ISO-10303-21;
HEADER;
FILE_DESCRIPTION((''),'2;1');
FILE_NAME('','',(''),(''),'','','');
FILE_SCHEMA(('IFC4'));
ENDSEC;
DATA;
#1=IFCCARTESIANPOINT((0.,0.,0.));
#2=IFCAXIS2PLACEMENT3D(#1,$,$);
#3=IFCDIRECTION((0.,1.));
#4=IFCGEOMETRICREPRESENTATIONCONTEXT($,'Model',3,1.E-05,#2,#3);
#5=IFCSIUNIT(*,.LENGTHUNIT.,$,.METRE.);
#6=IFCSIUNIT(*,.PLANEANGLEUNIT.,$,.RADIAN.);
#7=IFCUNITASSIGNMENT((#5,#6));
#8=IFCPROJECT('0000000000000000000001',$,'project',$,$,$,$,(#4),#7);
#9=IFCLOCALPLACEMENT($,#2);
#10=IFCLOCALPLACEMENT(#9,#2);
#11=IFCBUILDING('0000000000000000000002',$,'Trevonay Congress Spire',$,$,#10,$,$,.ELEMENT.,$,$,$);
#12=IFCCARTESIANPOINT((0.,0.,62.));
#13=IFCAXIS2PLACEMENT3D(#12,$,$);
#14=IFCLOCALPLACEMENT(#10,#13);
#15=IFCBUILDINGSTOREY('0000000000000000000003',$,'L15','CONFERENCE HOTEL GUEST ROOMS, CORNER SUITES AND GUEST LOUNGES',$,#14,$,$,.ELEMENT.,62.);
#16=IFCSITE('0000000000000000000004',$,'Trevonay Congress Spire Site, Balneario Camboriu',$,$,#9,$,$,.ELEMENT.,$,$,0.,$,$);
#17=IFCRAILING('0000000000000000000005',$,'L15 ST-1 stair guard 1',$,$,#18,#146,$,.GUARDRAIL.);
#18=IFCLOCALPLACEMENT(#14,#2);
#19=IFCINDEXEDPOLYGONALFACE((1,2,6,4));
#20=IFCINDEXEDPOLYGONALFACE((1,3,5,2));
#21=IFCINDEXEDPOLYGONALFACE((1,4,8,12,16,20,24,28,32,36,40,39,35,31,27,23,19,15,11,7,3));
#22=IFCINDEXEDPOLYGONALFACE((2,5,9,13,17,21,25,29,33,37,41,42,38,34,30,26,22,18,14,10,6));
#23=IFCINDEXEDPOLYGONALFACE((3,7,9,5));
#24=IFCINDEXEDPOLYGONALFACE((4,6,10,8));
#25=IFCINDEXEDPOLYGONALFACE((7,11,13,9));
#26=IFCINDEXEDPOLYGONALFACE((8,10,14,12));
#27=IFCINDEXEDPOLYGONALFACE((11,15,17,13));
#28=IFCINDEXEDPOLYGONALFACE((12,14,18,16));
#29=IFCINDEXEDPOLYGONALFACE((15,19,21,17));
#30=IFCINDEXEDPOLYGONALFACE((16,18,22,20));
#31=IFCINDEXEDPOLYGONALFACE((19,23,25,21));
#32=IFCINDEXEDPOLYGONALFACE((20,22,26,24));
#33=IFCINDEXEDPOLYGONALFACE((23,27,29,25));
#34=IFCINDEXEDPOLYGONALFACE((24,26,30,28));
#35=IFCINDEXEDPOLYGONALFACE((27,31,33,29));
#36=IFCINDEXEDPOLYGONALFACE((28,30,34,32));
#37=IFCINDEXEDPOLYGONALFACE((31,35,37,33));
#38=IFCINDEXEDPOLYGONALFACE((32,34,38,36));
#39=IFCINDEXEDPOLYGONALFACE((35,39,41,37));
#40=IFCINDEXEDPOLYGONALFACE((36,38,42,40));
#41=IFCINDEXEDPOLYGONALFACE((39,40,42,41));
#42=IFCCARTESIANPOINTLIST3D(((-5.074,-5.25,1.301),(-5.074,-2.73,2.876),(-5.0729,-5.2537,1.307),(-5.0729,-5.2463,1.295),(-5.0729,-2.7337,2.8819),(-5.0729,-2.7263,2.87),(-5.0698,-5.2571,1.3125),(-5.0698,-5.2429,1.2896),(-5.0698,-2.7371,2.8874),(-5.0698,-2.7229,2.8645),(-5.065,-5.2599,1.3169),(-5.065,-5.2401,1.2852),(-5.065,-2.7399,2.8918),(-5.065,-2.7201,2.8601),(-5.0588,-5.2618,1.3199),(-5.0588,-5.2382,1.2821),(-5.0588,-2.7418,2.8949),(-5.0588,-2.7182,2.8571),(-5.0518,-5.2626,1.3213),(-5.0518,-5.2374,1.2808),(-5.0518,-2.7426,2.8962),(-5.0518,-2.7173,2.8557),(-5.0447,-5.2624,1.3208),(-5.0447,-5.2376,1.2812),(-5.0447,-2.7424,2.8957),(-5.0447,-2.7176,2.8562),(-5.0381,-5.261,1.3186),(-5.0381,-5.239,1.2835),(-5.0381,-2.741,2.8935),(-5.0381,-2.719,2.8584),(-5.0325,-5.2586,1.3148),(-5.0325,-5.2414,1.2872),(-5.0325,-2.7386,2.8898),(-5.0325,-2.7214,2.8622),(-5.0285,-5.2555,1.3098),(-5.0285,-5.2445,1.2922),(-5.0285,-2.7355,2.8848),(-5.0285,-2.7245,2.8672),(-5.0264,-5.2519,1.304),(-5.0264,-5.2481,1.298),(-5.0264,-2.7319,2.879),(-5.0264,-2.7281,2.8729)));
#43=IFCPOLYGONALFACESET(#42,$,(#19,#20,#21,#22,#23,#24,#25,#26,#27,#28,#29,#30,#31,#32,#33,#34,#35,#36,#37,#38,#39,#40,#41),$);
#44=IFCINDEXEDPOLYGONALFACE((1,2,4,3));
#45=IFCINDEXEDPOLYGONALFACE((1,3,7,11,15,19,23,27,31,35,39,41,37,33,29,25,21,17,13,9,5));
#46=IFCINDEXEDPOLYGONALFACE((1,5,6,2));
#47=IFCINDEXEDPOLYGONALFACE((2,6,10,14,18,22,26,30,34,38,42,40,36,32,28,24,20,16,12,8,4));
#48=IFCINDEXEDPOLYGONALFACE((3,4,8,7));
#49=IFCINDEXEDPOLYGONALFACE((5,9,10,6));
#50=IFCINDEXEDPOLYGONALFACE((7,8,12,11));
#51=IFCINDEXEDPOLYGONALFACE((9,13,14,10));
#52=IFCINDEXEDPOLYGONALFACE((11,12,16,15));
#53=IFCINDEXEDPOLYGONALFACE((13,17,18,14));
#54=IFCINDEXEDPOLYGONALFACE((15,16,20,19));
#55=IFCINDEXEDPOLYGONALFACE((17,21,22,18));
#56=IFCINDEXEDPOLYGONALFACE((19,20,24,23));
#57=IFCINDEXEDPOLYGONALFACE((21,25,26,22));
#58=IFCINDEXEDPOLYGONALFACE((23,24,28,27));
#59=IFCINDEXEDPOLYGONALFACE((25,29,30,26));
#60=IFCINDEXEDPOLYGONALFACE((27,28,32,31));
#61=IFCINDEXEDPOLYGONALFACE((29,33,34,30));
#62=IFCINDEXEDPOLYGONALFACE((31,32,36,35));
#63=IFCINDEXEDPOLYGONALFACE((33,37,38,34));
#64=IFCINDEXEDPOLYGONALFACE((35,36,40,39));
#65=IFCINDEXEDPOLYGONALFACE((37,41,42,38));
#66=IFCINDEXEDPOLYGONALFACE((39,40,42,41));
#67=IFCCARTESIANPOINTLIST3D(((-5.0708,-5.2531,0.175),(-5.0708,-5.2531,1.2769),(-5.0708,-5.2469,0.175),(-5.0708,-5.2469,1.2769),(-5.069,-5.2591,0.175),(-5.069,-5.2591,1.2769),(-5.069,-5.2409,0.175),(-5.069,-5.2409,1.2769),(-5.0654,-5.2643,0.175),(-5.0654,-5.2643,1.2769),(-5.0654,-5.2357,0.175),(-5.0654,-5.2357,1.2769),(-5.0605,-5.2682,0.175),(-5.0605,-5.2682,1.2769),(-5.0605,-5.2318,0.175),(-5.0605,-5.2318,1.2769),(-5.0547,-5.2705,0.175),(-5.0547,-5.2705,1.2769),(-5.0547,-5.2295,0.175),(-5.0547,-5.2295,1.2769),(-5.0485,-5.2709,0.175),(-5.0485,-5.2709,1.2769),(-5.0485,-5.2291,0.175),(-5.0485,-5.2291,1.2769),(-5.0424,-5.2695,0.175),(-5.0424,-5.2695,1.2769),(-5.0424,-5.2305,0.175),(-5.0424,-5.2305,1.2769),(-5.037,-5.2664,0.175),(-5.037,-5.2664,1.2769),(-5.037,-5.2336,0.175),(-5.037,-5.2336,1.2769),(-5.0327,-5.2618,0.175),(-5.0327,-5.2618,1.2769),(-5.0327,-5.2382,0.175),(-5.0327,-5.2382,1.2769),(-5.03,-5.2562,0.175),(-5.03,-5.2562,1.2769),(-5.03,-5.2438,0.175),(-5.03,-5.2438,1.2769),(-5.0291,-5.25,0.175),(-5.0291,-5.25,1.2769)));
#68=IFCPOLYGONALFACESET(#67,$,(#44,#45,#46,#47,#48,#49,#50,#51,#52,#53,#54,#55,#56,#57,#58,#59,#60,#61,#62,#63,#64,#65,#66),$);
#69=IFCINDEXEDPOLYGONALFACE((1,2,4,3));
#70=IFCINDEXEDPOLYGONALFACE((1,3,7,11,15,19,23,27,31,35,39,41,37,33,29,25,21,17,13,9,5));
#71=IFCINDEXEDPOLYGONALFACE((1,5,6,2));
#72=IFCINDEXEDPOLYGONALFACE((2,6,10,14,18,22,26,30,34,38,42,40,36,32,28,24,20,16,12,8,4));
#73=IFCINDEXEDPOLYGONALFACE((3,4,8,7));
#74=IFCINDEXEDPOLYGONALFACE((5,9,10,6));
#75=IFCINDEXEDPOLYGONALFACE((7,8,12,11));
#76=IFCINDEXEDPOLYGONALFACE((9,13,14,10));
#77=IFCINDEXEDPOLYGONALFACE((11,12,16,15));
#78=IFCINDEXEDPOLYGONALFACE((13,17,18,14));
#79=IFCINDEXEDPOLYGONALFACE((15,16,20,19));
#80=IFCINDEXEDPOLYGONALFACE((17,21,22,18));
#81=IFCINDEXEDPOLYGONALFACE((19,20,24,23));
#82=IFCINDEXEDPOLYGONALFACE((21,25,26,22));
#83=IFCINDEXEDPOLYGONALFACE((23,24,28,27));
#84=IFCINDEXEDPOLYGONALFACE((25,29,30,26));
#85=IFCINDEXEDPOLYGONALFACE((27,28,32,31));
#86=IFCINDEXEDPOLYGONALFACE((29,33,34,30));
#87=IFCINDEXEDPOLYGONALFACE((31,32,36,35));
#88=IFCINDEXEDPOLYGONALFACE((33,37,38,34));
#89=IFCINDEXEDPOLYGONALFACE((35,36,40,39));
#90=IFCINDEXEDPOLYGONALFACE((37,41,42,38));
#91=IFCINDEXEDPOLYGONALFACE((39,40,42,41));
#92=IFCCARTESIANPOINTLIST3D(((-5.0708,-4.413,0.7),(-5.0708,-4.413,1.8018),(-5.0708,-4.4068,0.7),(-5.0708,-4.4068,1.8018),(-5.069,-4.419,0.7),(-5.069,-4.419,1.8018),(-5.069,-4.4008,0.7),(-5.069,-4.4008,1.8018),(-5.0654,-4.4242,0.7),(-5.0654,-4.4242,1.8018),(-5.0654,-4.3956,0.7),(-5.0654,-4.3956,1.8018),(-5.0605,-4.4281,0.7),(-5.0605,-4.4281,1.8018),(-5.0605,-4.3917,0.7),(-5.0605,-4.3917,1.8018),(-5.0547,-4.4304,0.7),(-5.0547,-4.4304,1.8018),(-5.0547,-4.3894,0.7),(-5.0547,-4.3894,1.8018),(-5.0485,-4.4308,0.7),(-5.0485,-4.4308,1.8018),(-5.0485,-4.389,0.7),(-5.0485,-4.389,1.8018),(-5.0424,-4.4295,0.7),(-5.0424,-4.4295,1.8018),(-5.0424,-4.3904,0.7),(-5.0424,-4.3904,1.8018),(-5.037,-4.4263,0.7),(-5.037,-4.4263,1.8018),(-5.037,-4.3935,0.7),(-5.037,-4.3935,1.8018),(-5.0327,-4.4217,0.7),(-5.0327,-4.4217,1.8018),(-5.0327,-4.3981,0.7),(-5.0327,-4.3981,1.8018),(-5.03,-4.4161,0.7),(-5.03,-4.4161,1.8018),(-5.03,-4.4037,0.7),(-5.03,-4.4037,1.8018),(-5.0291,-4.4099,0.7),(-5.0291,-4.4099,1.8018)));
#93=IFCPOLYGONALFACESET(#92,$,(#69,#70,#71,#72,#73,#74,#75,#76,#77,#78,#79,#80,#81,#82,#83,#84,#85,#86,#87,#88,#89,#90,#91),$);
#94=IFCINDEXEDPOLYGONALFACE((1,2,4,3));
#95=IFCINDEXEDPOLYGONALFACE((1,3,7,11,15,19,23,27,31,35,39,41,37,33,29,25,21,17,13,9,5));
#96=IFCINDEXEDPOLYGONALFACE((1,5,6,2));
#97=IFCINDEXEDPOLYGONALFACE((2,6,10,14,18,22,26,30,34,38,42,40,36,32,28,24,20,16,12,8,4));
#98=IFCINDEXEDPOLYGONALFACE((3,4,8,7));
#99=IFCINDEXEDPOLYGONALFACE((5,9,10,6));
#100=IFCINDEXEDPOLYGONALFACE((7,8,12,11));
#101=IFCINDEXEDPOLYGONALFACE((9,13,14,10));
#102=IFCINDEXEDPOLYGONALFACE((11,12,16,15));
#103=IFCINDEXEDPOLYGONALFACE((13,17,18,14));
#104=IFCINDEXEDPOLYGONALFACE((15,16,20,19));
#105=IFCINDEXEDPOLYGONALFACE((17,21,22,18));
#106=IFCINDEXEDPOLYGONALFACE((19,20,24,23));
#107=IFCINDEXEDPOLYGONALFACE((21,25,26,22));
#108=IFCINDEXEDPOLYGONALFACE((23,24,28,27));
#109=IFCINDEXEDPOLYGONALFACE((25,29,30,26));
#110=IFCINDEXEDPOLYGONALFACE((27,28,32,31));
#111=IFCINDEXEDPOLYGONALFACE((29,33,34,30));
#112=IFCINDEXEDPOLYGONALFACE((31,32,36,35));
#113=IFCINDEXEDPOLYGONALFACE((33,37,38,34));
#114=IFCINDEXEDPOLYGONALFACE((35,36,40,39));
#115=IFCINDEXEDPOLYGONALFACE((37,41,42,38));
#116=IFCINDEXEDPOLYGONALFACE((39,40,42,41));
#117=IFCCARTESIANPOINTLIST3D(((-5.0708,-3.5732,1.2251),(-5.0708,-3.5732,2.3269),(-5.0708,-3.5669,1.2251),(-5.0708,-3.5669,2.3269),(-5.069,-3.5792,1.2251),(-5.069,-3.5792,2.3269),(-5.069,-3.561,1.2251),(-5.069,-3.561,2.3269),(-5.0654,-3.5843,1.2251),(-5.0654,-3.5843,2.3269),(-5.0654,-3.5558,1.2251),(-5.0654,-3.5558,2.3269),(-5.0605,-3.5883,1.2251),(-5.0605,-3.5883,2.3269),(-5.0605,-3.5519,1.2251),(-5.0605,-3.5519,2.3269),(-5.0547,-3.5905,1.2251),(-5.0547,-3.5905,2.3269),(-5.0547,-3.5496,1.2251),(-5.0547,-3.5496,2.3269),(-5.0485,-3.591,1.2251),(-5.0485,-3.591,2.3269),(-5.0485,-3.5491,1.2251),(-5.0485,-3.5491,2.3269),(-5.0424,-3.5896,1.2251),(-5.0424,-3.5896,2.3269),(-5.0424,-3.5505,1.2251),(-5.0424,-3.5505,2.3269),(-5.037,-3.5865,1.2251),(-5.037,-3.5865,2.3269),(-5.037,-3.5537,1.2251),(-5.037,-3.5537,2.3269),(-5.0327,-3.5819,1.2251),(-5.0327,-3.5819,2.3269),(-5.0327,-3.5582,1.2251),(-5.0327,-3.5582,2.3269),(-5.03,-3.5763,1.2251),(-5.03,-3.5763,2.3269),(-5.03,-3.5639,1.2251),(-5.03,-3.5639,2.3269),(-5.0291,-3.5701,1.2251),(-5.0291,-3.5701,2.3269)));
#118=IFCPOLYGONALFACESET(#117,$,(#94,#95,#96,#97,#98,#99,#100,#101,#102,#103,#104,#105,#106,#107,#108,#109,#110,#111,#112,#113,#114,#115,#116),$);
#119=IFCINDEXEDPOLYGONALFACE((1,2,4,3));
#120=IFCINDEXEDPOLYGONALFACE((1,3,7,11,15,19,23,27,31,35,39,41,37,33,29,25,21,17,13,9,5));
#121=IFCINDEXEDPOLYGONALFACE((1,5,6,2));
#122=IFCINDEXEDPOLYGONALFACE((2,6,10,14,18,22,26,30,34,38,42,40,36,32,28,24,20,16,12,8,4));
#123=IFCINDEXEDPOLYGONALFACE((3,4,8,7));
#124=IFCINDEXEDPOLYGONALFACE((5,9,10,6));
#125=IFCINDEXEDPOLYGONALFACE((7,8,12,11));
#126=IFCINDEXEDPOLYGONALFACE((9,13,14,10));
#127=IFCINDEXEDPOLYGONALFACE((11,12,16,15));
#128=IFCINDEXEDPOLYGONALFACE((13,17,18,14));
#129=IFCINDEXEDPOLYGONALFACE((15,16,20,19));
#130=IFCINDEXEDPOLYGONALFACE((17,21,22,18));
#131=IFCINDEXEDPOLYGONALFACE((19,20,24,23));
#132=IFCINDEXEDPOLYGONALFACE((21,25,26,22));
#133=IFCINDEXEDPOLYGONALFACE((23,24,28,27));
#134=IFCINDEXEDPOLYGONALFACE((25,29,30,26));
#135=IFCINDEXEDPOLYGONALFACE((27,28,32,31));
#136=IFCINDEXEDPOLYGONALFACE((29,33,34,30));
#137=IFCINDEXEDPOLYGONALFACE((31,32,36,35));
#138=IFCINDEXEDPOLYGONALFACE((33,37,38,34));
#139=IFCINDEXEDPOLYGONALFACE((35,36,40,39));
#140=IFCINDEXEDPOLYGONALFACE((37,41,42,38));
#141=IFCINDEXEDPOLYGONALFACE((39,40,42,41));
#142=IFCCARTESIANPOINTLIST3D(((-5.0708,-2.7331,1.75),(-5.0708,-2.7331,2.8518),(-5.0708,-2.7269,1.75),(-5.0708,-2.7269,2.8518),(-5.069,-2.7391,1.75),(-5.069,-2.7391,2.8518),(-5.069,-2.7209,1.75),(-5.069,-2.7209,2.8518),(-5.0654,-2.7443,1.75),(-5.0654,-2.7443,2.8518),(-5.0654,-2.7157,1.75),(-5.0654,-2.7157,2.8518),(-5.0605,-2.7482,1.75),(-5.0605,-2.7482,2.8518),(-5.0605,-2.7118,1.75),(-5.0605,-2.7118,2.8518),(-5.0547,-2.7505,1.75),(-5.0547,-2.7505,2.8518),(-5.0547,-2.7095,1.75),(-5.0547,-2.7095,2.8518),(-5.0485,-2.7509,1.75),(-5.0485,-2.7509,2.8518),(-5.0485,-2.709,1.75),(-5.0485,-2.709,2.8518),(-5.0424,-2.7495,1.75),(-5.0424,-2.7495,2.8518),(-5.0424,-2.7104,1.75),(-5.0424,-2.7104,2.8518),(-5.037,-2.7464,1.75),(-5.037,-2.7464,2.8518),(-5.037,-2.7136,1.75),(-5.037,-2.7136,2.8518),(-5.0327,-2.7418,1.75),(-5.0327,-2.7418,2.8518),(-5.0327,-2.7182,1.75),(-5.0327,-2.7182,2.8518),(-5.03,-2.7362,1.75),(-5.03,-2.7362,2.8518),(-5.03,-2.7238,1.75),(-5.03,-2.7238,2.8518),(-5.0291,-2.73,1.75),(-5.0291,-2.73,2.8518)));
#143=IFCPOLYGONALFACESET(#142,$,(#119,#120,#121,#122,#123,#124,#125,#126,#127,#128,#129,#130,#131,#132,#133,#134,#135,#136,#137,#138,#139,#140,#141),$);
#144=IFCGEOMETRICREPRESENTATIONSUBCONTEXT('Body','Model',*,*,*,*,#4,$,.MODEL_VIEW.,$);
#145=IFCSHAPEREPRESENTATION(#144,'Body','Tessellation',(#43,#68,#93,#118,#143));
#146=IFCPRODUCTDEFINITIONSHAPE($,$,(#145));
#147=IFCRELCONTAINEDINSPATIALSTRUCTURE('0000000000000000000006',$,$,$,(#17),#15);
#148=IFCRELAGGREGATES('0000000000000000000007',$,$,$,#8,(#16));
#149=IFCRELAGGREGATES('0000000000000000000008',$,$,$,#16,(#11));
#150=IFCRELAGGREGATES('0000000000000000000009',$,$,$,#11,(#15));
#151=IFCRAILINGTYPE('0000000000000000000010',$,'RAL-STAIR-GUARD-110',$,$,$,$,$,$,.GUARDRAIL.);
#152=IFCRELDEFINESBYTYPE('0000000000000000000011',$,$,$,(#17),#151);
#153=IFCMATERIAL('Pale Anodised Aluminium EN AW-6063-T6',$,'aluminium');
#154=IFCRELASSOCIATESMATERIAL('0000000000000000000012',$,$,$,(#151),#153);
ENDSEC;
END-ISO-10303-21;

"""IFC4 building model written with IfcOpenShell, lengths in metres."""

from ifc_helpers import new_model, si_unit, direction, frame, origin, origin_2d, place, context, subcontext, project, spatial, circle, extrude, material, type_object, element, save


model = new_model("IFC4")

# Units and contexts
model_context = context("Model", 3, precision=1e-05, world=origin(), true_north=direction((0.0, 1.0)))
body_context = subcontext(model_context, "Body", "Model", "MODEL_VIEW")
ifc_project = project(units=[si_unit("LENGTHUNIT", "METRE"), si_unit("PLANEANGLEUNIT", "RADIAN")], contexts=[model_context])

# Site, building, storey
site_placement = place(None, origin())
site = spatial("IfcSite", under=ifc_project, at=site_placement, Name="Trevonay Congress Spire Site, Balneario Camboriu", CompositionType="ELEMENT", RefElevation=0.0)
building_placement = place(site_placement, origin())
building = spatial("IfcBuilding", under=site, at=building_placement, Name="Trevonay Congress Spire", CompositionType="ELEMENT")
storey_placement = place(building_placement, frame((0.0, 0.0, 62.0)))
storey = spatial("IfcBuildingStorey", under=building, at=storey_placement, Name="L15", Description="CONFERENCE HOTEL GUEST ROOMS, CORNER SUITES AND GUEST LOUNGES", CompositionType="ELEMENT", Elevation=62.0)

# Shared definitions
ifc_material_1 = material(Name="Pale Anodised Aluminium EN AW-6063-T6", Category="aluminium")

# Railing
railing_type_1 = type_object("IfcRailingType", Name="RAL-STAIR-GUARD-110", PredefinedType="GUARDRAIL", material=ifc_material_1)
railing_1_placement = place(storey_placement, frame((-5.05, -5.25, 0.175)))
element("IfcRailing", 1, at=railing_1_placement, inside=storey, type_object=railing_type_1, Name="L15 ST-1 stair guard 1", PredefinedType="GUARDRAIL", context=body_context, shape_type="SweptSolid", body=[
    extrude(circle(Radius=0.0239, at=origin_2d()), frame((0.0, 0.0, 1.126), z_axis=(0.0, 0.848008, 0.529984), x_axis=(-1.0, 0.0, 0.0)), (0.0, 0.0, 1.0), 2.9717),
    extrude(circle(Radius=0.021, at=origin_2d()), origin(), (0.0, 0.0, 1.0), 1.1018),
    extrude(circle(Radius=0.021, at=origin_2d()), frame((0.0, 0.8401, 0.5249)), (0.0, 0.0, 1.0), 1.1018),
    extrude(circle(Radius=0.021, at=origin_2d()), frame((0.0, 1.6799, 1.05)), (0.0, 0.0, 1.0), 1.1018),
    extrude(circle(Radius=0.021, at=origin_2d()), frame((0.0, 2.52, 1.575)), (0.0, 0.0, 1.0), 1.1018),
])

save(model, "model.ifc")
